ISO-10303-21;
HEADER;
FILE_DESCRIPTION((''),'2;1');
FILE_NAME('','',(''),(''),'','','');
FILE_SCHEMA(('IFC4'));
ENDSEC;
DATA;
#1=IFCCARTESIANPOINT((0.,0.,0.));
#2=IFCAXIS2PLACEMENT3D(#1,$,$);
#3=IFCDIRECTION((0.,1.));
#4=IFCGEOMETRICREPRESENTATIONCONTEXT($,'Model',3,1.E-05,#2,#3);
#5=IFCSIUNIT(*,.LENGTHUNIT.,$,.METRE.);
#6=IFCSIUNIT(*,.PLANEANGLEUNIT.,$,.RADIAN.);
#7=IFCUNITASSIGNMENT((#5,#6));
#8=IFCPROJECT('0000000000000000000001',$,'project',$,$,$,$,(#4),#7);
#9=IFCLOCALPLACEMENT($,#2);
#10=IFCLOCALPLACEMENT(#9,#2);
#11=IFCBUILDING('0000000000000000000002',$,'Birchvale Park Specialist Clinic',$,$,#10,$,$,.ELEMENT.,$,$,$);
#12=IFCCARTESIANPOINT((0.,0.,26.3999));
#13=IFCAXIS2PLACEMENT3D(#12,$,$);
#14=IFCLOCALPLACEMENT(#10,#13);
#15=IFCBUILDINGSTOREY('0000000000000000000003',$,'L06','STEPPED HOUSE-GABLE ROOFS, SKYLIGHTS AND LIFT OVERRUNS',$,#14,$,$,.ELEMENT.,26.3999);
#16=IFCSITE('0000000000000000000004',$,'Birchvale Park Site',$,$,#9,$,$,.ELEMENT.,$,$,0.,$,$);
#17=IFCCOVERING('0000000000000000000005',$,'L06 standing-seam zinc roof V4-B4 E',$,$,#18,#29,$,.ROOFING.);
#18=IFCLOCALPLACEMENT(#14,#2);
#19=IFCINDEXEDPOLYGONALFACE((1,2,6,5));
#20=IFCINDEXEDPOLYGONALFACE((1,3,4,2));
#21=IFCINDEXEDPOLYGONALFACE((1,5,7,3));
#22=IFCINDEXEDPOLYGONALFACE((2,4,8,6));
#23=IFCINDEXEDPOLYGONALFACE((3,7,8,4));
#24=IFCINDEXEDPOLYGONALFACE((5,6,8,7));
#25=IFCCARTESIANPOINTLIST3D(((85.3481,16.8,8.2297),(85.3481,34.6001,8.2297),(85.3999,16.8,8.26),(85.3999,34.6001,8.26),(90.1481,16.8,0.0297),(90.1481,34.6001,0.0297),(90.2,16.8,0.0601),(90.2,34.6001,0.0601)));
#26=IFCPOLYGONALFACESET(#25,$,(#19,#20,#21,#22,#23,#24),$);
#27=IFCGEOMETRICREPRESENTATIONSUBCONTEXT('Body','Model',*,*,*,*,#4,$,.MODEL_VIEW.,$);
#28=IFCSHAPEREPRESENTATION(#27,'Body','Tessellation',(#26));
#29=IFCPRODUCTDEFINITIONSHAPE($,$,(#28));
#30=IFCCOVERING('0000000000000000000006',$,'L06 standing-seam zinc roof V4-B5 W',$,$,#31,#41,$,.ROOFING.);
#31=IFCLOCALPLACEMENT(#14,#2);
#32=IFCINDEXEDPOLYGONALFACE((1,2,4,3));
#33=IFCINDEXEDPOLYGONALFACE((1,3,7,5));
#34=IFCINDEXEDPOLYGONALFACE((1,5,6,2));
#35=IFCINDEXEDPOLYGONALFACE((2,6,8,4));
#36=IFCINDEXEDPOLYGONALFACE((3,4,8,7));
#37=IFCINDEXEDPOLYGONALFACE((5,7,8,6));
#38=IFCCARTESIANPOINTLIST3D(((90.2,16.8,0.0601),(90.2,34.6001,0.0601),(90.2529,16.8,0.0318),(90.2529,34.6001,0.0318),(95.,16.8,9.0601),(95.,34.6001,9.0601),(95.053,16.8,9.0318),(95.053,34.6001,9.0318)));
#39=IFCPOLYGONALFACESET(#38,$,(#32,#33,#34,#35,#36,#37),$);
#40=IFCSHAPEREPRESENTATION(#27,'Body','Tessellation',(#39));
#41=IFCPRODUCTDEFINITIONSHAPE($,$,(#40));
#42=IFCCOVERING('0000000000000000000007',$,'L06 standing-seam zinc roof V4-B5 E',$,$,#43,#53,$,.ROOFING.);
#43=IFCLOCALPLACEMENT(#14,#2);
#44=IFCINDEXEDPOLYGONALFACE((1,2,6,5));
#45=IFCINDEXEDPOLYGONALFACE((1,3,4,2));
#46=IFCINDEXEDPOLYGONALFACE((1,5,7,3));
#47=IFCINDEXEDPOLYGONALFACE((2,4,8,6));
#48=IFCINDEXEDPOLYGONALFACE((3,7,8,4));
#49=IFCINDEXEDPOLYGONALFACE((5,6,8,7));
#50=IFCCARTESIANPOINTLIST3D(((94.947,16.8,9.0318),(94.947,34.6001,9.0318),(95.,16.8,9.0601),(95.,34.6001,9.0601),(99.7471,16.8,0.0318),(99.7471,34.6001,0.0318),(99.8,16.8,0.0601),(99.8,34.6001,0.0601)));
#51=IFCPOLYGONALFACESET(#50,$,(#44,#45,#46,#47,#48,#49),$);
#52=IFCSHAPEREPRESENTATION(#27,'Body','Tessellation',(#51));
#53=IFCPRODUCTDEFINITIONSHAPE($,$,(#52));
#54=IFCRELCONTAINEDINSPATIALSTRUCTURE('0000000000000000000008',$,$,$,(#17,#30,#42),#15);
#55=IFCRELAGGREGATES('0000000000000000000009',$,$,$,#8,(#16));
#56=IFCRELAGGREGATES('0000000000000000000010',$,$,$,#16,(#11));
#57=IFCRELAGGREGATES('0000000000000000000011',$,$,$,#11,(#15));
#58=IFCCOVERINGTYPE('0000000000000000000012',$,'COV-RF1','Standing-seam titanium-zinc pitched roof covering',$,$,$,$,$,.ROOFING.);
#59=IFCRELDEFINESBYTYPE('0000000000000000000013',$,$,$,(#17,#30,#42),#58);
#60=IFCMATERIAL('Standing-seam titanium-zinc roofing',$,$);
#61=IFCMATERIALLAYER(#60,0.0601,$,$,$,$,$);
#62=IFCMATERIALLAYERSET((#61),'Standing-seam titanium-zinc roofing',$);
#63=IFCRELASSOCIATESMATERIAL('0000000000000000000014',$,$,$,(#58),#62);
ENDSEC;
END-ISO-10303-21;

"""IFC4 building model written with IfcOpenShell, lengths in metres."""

from ifc_helpers import new_model, si_unit, direction, frame, origin, place, context, subcontext, project, spatial, polyline, outline, extrude, material, layer, layer_set, type_object, element, save


model = new_model("IFC4")

# Units and contexts
model_context = context("Model", 3, precision=1e-05, world=origin(), true_north=direction((0.0, 1.0)))
body_context = subcontext(model_context, "Body", "Model", "MODEL_VIEW")
ifc_project = project(units=[si_unit("LENGTHUNIT", "METRE"), si_unit("PLANEANGLEUNIT", "RADIAN")], contexts=[model_context])

# Site, building, storey
site_placement = place(None, origin())
site = spatial("IfcSite", under=ifc_project, at=site_placement, Name="Birchvale Park Site", CompositionType="ELEMENT", RefElevation=0.0)
building_placement = place(site_placement, origin())
building = spatial("IfcBuilding", under=site, at=building_placement, Name="Birchvale Park Specialist Clinic", CompositionType="ELEMENT")
storey_placement = place(building_placement, frame((0.0, 0.0, 26.3999)))
storey = spatial("IfcBuildingStorey", under=building, at=storey_placement, Name="L06", Description="STEPPED HOUSE-GABLE ROOFS, SKYLIGHTS AND LIFT OVERRUNS", CompositionType="ELEMENT", Elevation=26.3999)

# Shared definitions
ifc_material_1 = material(Name="Standing-seam titanium-zinc roofing")

# Coverings
ifc_layer_1 = layer(ifc_material_1, 0.0601)
ifc_layer_set_1 = layer_set([ifc_layer_1], Name="Standing-seam titanium-zinc roofing")
covering_type = type_object("IfcCoveringType", Name="COV-RF1", Description="Standing-seam titanium-zinc pitched roof covering", PredefinedType="ROOFING", material=ifc_layer_set_1)
covering_placement = place(storey_placement, frame((85.3999, 16.8, 8.26), z_axis=(0.863011, 0.0, 0.505185), x_axis=(0.505185, 0.0, -0.863011)))
element("IfcCovering", 1, at=covering_placement, inside=storey, type_object=covering_type, Name="L06 standing-seam zinc roof V4-B4 E", PredefinedType="ROOFING", context=body_context, shape_type="SweptSolid", body=[
    extrude(outline(polyline([(0.0, 0.0), (9.5016, 0.0), (9.5016, 17.8), (0.0, 17.8), (0.0, 0.0)])), origin(), (0.0, 0.0, -1.0), 0.0601),
])
for number, where, z_axis, x_axis, name in (
    (2, (90.2, 16.8, 0.0601), (-0.882351, 0.0, 0.470592), (0.470592, 0.0, 0.882351), "L06 standing-seam zinc roof V4-B5 W"),
    (3, (95.0, 16.8, 9.0601), (0.882351, 0.0, 0.470592), (0.470592, 0.0, -0.882351), "L06 standing-seam zinc roof V4-B5 E"),
):
    element("IfcCovering", number, at=place(storey_placement, frame(where, z_axis=z_axis, x_axis=x_axis)), inside=storey, type_object=covering_type, Name=name, PredefinedType="ROOFING", context=body_context, shape_type="SweptSolid", body=[
        extrude(outline(polyline([(0.0, 0.0), (10.2, 0.0), (10.2, 17.8), (0.0, 17.8), (0.0, 0.0)])), origin(), (0.0, 0.0, -1.0), 0.0601),
    ])

save(model, "model.ifc")
